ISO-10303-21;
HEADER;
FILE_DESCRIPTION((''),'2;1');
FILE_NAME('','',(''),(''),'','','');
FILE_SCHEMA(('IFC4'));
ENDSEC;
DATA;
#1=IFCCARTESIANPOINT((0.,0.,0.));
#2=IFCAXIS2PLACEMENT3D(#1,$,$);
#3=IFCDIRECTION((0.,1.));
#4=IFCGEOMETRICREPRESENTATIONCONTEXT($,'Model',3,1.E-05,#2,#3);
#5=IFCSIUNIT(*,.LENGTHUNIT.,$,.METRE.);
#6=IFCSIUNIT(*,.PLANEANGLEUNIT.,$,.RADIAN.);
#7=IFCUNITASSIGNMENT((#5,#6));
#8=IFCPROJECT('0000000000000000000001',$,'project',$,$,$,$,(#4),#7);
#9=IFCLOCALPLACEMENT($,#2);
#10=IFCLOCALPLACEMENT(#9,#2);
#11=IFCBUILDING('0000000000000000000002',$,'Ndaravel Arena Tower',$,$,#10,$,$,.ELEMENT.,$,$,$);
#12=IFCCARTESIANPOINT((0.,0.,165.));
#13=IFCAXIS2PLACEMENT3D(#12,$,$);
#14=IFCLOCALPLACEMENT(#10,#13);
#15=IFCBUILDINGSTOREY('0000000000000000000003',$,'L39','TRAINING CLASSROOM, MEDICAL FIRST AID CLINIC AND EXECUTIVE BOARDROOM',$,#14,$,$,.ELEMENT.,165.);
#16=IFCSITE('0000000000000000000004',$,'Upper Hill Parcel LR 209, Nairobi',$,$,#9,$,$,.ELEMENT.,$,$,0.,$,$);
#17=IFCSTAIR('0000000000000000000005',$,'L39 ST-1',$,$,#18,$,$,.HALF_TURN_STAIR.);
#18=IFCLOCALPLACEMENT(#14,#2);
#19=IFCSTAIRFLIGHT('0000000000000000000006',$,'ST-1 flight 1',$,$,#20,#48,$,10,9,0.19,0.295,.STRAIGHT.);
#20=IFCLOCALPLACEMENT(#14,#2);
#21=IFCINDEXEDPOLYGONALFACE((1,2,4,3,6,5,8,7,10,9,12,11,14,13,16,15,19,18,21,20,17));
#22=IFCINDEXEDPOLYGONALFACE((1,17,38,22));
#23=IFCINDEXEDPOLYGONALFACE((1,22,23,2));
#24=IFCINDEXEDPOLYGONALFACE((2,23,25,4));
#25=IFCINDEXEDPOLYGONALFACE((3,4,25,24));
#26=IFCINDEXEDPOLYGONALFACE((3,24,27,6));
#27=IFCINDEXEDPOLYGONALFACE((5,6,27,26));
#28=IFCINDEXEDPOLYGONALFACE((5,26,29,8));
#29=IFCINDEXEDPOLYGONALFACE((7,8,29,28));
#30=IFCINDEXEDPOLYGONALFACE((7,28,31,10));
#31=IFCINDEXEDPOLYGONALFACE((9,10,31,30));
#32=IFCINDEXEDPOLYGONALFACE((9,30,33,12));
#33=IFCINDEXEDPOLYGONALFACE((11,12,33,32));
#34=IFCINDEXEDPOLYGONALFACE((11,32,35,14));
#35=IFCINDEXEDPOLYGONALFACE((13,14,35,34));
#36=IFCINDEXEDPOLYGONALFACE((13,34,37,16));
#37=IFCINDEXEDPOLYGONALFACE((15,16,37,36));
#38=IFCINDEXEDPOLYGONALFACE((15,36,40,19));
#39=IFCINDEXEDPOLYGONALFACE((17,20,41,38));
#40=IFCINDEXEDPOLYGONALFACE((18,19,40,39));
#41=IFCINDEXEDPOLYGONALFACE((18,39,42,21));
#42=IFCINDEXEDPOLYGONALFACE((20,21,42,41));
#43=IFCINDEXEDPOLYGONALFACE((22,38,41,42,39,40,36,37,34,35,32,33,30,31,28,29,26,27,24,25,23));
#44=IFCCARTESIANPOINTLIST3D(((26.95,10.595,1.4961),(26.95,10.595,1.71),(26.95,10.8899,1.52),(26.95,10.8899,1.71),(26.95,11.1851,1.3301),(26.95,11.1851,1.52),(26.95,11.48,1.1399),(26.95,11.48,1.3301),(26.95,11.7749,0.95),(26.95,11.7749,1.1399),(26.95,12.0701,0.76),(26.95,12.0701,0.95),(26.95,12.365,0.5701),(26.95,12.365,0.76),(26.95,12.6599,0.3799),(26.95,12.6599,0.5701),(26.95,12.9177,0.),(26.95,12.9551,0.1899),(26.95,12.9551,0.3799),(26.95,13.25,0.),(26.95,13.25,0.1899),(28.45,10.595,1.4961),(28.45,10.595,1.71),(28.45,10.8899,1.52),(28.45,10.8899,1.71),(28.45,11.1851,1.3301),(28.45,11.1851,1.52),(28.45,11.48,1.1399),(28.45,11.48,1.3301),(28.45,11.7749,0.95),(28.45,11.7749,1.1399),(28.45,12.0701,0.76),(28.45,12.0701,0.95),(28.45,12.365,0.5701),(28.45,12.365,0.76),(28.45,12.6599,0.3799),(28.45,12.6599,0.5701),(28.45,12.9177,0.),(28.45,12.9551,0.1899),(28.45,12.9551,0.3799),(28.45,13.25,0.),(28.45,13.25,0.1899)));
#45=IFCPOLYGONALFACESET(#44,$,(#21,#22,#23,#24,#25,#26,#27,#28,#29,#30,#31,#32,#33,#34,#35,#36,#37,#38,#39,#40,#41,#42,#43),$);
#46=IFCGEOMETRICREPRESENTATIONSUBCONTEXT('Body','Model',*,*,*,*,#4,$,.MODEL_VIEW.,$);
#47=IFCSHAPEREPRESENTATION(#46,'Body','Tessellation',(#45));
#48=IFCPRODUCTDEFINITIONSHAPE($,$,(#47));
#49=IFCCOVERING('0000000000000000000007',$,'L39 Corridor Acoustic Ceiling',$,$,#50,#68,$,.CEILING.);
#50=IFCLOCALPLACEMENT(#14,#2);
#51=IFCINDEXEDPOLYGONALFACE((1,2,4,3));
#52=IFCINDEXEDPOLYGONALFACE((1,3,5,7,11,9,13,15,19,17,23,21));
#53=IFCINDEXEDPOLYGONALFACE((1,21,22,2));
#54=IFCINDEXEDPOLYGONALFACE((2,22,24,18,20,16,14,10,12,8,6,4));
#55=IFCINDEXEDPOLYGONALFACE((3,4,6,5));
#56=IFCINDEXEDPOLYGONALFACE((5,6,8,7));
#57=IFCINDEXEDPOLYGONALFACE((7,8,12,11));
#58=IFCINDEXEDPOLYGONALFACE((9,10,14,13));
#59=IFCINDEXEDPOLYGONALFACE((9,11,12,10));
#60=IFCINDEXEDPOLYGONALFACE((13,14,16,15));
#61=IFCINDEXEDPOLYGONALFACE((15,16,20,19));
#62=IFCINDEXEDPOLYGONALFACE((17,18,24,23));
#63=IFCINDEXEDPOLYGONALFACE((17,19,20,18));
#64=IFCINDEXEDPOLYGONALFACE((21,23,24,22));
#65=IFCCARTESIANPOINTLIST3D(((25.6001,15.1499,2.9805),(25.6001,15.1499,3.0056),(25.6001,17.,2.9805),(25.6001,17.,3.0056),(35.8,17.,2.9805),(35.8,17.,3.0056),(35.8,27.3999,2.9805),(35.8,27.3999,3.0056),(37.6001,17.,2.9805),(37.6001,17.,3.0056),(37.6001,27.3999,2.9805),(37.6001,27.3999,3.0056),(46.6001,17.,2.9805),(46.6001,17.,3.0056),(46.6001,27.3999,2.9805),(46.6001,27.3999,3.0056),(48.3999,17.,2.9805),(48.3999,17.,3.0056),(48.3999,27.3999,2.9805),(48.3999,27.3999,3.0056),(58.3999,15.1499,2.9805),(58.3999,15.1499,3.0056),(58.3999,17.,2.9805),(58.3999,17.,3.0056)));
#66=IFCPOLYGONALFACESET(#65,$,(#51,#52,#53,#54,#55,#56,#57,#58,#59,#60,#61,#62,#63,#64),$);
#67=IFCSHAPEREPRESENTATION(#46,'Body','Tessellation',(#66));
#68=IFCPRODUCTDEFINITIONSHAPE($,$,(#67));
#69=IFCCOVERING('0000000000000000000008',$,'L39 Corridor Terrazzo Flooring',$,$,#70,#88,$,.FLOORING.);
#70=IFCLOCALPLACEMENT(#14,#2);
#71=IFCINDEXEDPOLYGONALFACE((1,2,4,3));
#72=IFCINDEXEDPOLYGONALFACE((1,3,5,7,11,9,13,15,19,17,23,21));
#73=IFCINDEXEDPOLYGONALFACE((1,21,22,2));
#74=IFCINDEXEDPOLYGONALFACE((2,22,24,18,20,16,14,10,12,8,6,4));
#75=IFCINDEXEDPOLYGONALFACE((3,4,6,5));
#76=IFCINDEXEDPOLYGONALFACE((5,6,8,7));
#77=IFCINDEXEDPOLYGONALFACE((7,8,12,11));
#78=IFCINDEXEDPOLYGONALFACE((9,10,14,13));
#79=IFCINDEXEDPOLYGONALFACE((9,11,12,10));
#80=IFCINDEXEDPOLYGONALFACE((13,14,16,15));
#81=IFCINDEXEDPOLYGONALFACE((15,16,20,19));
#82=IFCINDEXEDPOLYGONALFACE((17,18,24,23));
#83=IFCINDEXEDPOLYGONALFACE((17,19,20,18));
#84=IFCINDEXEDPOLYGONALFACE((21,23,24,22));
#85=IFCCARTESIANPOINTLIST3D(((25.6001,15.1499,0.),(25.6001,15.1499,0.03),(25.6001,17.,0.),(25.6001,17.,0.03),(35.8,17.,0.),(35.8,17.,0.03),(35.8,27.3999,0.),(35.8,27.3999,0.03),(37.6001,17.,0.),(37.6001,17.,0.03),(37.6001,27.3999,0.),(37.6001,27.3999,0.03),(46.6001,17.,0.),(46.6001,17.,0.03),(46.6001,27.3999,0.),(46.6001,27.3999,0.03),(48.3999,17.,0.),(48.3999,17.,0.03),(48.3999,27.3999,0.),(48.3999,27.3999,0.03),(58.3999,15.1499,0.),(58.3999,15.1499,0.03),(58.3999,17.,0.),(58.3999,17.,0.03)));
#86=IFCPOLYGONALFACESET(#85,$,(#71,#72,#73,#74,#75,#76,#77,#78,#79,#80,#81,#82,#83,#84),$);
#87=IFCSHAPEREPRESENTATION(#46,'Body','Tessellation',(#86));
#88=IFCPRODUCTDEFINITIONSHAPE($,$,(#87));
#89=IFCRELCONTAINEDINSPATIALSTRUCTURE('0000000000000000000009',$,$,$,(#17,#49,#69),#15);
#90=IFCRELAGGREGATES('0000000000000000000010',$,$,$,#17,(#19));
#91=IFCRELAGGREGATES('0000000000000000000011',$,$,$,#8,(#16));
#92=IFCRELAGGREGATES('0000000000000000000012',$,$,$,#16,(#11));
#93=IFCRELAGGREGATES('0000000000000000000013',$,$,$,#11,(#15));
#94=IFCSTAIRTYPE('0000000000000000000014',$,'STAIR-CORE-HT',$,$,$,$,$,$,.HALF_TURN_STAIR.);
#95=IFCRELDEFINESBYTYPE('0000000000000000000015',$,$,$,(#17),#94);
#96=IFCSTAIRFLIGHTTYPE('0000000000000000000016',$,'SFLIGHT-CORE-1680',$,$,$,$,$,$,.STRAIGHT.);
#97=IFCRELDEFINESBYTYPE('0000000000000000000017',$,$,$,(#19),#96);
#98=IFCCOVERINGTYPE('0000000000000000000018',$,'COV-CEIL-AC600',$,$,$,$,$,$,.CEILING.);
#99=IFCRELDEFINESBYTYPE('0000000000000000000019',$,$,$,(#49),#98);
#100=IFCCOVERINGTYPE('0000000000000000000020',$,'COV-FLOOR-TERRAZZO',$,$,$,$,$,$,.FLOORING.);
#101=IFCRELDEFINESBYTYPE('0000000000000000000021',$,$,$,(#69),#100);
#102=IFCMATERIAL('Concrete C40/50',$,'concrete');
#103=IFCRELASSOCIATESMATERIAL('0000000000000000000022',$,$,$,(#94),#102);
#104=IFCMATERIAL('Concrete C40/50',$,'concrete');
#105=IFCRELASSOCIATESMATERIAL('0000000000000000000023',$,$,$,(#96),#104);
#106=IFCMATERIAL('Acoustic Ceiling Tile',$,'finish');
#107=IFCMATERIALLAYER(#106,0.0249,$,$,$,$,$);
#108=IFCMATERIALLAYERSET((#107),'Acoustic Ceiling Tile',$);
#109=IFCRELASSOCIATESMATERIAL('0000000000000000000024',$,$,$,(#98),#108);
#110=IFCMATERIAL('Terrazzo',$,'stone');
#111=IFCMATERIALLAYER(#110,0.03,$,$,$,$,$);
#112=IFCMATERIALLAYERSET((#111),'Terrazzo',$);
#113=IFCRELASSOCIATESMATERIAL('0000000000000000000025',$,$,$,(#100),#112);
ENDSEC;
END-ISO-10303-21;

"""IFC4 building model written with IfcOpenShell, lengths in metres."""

from ifc_helpers import new_model, si_unit, direction, frame, origin, place, context, subcontext, project, spatial, polyline, outline, extrude, material, layer, layer_set, type_object, element, aggregate, save


model = new_model("IFC4")

# Units and contexts
model_context = context("Model", 3, precision=1e-05, world=origin(), true_north=direction((0.0, 1.0)))
body_context = subcontext(model_context, "Body", "Model", "MODEL_VIEW")
ifc_project = project(units=[si_unit("LENGTHUNIT", "METRE"), si_unit("PLANEANGLEUNIT", "RADIAN")], contexts=[model_context])

# Site, building, storey
site_placement = place(None, origin())
site = spatial("IfcSite", under=ifc_project, at=site_placement, Name="Upper Hill Parcel LR 209, Nairobi", CompositionType="ELEMENT", RefElevation=0.0)
building_placement = place(site_placement, origin())
building = spatial("IfcBuilding", under=site, at=building_placement, Name="Ndaravel Arena Tower", CompositionType="ELEMENT")
storey_placement = place(building_placement, frame((0.0, 0.0, 165.0)))
storey = spatial("IfcBuildingStorey", under=building, at=storey_placement, Name="L39", Description="TRAINING CLASSROOM, MEDICAL FIRST AID CLINIC AND EXECUTIVE BOARDROOM", CompositionType="ELEMENT", Elevation=165.0)

# Stair
ifc_material_1 = material(Name="Concrete C40/50", Category="concrete")
stair_type = type_object("IfcStairType", Name="STAIR-CORE-HT", PredefinedType="HALF_TURN_STAIR", material=ifc_material_1)
stair_1_placement = place(storey_placement, origin())
stair_1 = element("IfcStair", 1, at=stair_1_placement, inside=storey, type_object=stair_type, Name="L39 ST-1", PredefinedType="HALF_TURN_STAIR")

# Stair flight
ifc_material_2 = material(Name="Concrete C40/50", Category="concrete")
stair_flight_type = type_object("IfcStairFlightType", Name="SFLIGHT-CORE-1680", PredefinedType="STRAIGHT", material=ifc_material_2)
stair_flight_placement = place(storey_placement, frame((27.7, 13.25, 0.0), z_axis=(0.0, 0.0, 1.0), x_axis=(0.0, -1.0, 0.0)))
stair_flight = element("IfcStairFlight", 2, at=stair_flight_placement, type_object=stair_flight_type, Name="ST-1 flight 1", NumberOfRisers=10, NumberOfTreads=9, PredefinedType="STRAIGHT", RiserHeight=0.19, TreadLength=0.295, context=body_context, shape_type="SweptSolid", body=[
    extrude(outline(polyline([(0.0, 0.0), (0.0, 0.1899), (0.2949, 0.1899), (0.2949, 0.3799), (0.5901, 0.3799), (0.5901, 0.5701), (0.885, 0.5701), (0.885, 0.76), (1.1799, 0.76), (1.1799, 0.95), (1.4751, 0.95), (1.4751, 1.1399), (1.77, 1.1399), (1.77, 1.3301), (2.0649, 1.3301), (2.0649, 1.52), (2.3601, 1.52), (2.3601, 1.71), (2.655, 1.71), (2.655, 1.8999), (2.655, 1.4961), (0.3323, 0.0), (0.0, 0.0)])), frame((0.0, 0.75, 0.0), z_axis=(0.0, -1.0, 0.0), x_axis=(1.0, 0.0, 0.0)), (0.0, 0.0, 1.0), 1.5),
])
aggregate(stair_1, [stair_flight])

# Coverings
ifc_material_3 = material(Name="Acoustic Ceiling Tile", Category="finish")
ifc_layer_1 = layer(ifc_material_3, 0.0249)
ifc_layer_set_1 = layer_set([ifc_layer_1], Name="Acoustic Ceiling Tile")
covering_type_1 = type_object("IfcCoveringType", Name="COV-CEIL-AC600", PredefinedType="CEILING", material=ifc_layer_set_1)
covering_1_placement = place(storey_placement, frame((0.0, 0.0, 2.9805)))
element("IfcCovering", 3, at=covering_1_placement, inside=storey, type_object=covering_type_1, Name="L39 Corridor Acoustic Ceiling", PredefinedType="CEILING", context=body_context, shape_type="SweptSolid", body=[
    extrude(outline(polyline([(58.3999, 17.0), (48.3999, 17.0), (48.3999, 27.3999), (46.6001, 27.3999), (46.6001, 17.0), (37.6001, 17.0), (37.6001, 27.3999), (35.8, 27.3999), (35.8, 17.0), (25.6001, 17.0), (25.6001, 15.1499), (58.3999, 15.1499), (58.3999, 17.0)])), origin(), (0.0, 0.0, 1.0), 0.0251),
])
ifc_material_4 = material(Name="Terrazzo", Category="stone")
ifc_layer_2 = layer(ifc_material_4, 0.03)
ifc_layer_set_2 = layer_set([ifc_layer_2], Name="Terrazzo")
covering_type_2 = type_object("IfcCoveringType", Name="COV-FLOOR-TERRAZZO", PredefinedType="FLOORING", material=ifc_layer_set_2)
covering_2_placement = place(storey_placement, origin())
element("IfcCovering", 4, at=covering_2_placement, inside=storey, type_object=covering_type_2, Name="L39 Corridor Terrazzo Flooring", PredefinedType="FLOORING", context=body_context, shape_type="SweptSolid", body=[
    extrude(outline(polyline([(58.3999, 17.0), (48.3999, 17.0), (48.3999, 27.3999), (46.6001, 27.3999), (46.6001, 17.0), (37.6001, 17.0), (37.6001, 27.3999), (35.8, 27.3999), (35.8, 17.0), (25.6001, 17.0), (25.6001, 15.1499), (58.3999, 15.1499), (58.3999, 17.0)])), origin(), (0.0, 0.0, 1.0), 0.03),
])

save(model, "model.ifc")
